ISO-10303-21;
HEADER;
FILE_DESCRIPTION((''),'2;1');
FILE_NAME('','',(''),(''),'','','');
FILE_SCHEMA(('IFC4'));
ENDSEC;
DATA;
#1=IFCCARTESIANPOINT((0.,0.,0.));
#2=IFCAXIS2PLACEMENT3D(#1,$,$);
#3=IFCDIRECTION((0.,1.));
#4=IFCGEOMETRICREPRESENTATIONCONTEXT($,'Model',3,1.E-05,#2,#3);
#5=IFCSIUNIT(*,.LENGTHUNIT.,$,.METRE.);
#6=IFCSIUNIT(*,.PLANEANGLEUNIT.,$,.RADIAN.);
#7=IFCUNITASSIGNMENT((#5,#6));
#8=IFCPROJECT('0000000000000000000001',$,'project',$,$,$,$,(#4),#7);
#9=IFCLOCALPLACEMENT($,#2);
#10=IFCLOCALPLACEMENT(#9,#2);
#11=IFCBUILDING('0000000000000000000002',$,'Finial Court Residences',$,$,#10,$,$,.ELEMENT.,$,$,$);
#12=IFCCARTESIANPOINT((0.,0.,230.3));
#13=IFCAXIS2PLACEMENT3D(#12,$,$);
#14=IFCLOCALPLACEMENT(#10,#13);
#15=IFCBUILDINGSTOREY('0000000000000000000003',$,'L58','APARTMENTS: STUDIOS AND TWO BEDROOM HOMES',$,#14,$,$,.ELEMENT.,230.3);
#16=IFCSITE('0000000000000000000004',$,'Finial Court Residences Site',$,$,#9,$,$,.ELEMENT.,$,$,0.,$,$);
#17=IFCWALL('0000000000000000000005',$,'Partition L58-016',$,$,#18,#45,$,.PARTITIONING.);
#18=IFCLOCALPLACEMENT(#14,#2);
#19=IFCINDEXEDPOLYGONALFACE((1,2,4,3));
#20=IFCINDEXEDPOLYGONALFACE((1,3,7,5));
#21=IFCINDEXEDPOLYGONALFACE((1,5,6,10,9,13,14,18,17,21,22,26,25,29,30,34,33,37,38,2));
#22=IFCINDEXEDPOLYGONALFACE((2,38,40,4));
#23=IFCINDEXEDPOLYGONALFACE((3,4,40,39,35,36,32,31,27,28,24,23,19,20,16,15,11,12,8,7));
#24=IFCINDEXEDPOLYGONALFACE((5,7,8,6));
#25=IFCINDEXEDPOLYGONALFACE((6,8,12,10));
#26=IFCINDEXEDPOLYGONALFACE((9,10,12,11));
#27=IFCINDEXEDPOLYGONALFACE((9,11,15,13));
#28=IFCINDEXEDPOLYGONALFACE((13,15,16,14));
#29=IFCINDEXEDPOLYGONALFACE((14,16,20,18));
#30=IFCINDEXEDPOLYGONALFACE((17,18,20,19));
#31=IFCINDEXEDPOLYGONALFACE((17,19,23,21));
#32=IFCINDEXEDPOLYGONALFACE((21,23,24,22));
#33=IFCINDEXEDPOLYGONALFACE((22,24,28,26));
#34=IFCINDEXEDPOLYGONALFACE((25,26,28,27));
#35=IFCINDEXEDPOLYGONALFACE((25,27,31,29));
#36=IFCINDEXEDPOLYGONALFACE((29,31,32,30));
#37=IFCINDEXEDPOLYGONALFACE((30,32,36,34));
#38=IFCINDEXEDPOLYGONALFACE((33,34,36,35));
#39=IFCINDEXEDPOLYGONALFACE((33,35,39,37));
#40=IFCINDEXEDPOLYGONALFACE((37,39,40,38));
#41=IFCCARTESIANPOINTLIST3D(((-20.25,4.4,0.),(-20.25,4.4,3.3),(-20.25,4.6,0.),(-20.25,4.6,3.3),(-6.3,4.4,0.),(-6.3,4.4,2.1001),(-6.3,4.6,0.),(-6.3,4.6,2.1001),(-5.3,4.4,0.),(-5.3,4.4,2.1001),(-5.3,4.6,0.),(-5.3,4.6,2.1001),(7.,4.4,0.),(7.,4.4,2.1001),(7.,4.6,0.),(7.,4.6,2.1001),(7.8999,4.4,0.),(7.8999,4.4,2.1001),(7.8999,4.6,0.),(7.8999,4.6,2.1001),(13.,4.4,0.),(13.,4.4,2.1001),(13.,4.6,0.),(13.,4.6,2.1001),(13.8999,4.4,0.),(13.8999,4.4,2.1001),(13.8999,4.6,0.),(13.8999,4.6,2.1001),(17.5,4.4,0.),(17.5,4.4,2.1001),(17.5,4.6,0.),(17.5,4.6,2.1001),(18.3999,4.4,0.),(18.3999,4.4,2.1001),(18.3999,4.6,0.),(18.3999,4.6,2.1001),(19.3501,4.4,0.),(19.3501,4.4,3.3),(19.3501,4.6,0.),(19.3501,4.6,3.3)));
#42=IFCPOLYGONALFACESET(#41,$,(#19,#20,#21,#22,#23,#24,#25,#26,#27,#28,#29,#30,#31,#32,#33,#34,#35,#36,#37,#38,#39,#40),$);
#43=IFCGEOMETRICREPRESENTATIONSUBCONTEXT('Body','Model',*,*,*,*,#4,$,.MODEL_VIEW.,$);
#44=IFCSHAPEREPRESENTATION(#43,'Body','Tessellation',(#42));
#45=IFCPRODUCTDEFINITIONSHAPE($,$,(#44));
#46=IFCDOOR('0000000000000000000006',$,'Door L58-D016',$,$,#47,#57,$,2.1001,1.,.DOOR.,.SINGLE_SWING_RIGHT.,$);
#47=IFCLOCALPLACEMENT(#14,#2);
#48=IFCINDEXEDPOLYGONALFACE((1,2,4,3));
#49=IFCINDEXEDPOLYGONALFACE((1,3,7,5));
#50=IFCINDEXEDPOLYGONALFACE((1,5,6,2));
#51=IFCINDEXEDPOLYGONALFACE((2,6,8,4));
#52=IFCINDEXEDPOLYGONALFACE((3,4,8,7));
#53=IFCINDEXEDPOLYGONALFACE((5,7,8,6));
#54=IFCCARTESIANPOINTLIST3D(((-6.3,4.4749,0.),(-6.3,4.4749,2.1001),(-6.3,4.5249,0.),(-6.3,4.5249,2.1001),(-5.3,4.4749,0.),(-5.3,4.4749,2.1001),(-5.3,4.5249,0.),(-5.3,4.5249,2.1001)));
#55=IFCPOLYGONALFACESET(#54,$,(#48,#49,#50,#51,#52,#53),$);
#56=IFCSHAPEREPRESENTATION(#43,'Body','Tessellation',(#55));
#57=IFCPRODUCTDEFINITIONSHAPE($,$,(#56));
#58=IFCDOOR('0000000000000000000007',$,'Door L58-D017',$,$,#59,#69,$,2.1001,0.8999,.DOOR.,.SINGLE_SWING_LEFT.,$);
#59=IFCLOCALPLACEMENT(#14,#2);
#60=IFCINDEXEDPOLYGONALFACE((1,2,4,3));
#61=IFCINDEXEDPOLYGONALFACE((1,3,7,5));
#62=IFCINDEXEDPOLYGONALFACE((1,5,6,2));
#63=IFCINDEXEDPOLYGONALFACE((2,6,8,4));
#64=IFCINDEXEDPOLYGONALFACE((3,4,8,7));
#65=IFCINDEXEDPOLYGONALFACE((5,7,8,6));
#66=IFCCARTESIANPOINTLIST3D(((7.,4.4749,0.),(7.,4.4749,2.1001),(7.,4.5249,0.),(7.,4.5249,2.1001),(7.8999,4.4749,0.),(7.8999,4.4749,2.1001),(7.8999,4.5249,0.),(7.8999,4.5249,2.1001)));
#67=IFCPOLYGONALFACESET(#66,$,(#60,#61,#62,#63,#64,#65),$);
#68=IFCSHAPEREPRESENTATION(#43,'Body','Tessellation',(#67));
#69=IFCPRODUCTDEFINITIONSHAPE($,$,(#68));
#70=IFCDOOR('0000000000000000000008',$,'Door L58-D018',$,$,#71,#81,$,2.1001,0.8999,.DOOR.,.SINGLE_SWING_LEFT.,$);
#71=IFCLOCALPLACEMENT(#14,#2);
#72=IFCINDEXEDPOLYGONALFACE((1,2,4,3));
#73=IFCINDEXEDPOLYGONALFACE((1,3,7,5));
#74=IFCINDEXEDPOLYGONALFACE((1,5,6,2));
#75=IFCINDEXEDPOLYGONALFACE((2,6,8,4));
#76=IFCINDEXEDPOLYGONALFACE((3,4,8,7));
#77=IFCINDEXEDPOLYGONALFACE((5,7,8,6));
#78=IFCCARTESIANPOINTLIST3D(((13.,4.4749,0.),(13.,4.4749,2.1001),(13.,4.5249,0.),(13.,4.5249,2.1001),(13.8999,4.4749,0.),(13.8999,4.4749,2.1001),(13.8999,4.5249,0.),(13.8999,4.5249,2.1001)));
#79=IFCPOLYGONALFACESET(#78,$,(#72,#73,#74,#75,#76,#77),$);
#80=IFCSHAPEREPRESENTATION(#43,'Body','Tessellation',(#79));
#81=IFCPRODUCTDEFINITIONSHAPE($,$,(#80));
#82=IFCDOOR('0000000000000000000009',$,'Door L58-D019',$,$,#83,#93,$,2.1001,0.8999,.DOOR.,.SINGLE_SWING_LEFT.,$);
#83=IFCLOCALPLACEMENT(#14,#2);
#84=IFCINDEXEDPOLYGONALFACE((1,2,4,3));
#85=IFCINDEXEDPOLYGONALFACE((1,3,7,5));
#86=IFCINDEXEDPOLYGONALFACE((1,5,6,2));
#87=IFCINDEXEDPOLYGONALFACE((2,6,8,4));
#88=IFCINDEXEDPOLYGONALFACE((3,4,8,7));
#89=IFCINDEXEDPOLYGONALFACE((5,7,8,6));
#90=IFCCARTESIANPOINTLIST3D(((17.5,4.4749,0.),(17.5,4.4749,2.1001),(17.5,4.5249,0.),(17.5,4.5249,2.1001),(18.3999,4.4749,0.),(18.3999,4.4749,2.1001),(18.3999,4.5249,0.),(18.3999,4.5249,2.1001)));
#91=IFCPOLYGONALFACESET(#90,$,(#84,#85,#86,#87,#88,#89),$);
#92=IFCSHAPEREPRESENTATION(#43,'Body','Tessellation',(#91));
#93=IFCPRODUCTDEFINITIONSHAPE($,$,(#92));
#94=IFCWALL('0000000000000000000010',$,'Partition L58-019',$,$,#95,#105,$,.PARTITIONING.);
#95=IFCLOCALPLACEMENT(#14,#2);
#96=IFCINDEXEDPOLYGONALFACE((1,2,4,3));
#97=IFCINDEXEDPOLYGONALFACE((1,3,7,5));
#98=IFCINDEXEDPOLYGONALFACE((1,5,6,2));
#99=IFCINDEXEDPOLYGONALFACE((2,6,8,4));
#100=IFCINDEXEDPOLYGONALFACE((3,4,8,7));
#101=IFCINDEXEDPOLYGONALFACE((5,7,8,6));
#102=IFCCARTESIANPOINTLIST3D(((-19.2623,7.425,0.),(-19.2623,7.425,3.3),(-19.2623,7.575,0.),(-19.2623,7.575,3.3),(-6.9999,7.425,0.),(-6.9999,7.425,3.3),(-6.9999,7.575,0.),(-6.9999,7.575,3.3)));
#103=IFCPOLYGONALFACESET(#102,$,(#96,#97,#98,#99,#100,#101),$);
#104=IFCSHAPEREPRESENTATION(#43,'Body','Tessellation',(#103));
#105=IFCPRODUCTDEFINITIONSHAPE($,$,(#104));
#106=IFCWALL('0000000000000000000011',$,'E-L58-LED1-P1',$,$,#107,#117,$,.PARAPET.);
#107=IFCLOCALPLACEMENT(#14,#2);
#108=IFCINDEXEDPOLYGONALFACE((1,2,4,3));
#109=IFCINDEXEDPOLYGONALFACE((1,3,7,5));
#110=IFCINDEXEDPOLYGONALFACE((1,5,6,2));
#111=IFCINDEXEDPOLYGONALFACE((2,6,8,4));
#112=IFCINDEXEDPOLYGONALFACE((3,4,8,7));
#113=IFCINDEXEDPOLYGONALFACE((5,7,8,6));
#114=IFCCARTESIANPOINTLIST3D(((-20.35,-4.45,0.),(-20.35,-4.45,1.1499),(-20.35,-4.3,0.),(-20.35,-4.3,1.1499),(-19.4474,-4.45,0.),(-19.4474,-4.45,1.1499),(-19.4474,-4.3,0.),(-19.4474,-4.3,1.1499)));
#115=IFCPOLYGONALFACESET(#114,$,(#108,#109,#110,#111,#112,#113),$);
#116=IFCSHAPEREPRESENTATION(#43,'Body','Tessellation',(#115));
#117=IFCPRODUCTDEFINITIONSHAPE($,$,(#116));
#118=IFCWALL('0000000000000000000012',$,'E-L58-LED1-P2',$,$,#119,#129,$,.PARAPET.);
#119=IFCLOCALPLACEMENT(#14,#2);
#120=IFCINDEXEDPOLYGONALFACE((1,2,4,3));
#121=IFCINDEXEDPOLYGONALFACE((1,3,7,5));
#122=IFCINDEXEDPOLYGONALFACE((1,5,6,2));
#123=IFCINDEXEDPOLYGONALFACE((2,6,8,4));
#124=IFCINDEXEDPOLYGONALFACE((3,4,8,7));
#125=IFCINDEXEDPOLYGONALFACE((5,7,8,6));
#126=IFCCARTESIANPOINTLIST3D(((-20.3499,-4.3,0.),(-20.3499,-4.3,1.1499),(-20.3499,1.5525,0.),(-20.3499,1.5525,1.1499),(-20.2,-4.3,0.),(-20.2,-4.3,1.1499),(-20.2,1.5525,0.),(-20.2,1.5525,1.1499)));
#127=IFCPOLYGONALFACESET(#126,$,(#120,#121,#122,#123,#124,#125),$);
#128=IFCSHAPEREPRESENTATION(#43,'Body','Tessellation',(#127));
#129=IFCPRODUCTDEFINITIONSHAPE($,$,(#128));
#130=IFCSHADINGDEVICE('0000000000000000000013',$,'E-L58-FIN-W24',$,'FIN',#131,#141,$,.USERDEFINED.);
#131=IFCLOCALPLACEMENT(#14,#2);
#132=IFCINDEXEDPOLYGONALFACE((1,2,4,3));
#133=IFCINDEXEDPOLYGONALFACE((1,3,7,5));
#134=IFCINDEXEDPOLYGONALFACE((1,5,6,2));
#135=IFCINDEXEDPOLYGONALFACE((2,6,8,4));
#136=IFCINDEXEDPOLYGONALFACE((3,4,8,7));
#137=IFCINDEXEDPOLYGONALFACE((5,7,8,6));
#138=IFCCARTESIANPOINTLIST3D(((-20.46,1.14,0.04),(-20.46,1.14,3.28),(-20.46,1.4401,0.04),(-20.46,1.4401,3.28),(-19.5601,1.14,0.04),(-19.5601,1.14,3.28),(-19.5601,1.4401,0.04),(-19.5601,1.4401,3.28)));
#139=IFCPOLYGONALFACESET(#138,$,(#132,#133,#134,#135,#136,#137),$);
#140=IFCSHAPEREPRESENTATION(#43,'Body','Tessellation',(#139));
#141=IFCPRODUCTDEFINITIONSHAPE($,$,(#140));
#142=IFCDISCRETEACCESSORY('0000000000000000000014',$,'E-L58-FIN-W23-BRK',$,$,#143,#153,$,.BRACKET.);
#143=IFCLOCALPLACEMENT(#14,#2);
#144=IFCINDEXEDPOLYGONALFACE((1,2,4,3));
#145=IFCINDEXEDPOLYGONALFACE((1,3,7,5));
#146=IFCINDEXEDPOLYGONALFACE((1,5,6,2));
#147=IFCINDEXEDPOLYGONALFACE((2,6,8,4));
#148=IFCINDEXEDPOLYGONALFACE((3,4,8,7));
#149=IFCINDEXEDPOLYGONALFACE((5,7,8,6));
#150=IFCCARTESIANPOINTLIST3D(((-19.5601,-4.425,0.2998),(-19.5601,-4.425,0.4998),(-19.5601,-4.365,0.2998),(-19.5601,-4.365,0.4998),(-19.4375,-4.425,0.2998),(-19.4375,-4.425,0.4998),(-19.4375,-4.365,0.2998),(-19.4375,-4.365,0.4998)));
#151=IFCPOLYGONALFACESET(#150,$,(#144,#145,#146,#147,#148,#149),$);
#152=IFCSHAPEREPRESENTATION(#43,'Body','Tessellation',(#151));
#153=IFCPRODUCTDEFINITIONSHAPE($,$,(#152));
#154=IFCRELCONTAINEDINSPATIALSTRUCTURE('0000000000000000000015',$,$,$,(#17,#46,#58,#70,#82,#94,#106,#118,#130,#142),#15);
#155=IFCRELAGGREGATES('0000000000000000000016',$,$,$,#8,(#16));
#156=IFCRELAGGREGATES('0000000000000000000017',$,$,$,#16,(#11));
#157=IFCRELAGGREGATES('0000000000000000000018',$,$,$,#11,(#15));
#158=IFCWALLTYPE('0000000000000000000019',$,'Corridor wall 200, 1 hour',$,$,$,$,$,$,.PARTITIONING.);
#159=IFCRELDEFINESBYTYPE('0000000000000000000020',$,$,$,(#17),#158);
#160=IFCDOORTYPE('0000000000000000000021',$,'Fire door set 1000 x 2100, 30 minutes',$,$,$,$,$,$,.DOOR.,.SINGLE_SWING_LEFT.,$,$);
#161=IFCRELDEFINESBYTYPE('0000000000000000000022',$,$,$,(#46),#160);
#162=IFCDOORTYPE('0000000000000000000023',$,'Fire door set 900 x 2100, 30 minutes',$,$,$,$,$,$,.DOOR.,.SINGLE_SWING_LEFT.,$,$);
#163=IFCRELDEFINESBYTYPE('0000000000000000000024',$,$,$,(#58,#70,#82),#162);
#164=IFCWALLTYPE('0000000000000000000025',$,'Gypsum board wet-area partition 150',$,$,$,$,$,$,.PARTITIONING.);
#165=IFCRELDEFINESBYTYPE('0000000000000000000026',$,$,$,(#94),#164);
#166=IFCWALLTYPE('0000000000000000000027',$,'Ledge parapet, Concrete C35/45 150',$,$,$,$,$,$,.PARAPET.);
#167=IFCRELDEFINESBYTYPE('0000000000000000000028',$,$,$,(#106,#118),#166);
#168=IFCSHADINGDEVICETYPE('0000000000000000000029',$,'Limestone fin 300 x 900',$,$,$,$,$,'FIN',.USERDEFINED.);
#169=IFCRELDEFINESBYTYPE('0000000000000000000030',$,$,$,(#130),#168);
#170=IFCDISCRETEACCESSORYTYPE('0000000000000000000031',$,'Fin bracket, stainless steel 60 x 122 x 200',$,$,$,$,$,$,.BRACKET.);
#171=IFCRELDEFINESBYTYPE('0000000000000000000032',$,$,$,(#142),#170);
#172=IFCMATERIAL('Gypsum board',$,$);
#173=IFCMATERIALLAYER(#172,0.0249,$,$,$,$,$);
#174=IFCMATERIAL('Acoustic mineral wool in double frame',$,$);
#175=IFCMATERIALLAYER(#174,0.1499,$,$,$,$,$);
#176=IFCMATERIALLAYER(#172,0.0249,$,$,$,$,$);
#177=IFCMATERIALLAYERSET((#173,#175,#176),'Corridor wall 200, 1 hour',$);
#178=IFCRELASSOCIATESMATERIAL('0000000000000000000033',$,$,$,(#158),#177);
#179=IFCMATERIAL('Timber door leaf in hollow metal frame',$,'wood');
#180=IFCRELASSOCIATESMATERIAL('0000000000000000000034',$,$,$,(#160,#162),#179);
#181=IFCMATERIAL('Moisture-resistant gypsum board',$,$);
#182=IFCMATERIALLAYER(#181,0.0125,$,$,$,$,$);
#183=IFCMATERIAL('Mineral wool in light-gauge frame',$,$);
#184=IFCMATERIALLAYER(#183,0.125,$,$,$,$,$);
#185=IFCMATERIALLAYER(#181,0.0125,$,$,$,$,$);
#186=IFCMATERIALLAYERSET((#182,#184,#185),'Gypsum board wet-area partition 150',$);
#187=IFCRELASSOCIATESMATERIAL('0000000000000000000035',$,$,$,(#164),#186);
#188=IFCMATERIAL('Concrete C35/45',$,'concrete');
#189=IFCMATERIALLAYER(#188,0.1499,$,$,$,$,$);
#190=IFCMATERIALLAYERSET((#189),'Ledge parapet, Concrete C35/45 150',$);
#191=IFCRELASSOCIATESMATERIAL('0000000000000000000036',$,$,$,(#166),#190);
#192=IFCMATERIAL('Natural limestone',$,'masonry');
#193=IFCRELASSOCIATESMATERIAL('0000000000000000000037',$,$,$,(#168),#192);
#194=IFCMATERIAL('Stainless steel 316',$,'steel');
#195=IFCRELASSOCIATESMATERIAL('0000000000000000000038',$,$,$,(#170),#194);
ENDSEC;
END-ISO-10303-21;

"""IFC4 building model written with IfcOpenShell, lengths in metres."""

from ifc_helpers import new_model, si_unit, direction, frame, frame_2d, origin, origin_2d, place, context, subcontext, project, spatial, rectangle, extrude, material, layer, layer_set, type_object, element, fill, save


model = new_model("IFC4")

# Units and contexts
model_context = context("Model", 3, precision=1e-05, world=origin(), true_north=direction((0.0, 1.0)))
body_context = subcontext(model_context, "Body", "Model", "MODEL_VIEW")
ifc_project = project(units=[si_unit("LENGTHUNIT", "METRE"), si_unit("PLANEANGLEUNIT", "RADIAN")], contexts=[model_context])

# Site, building, storey
site_placement = place(None, origin())
site = spatial("IfcSite", under=ifc_project, at=site_placement, Name="Finial Court Residences Site", CompositionType="ELEMENT", RefElevation=0.0)
building_placement = place(site_placement, origin())
building = spatial("IfcBuilding", under=site, at=building_placement, Name="Finial Court Residences", CompositionType="ELEMENT")
storey_placement = place(building_placement, frame((0.0, 0.0, 230.3)))
storey = spatial("IfcBuildingStorey", under=building, at=storey_placement, Name="L58", Description="APARTMENTS: STUDIOS AND TWO BEDROOM HOMES", CompositionType="ELEMENT", Elevation=230.3)

# Shared definitions
ifc_material_1 = material(Name="Gypsum board")
ifc_layer_1 = layer(ifc_material_1, 0.0249)
ifc_material_2 = material(Name="Acoustic mineral wool in double frame")
ifc_layer_2 = layer(ifc_material_2, 0.1499)
ifc_layer_3 = layer(ifc_material_1, 0.0249)
ifc_layer_set_1 = layer_set([ifc_layer_1, ifc_layer_2, ifc_layer_3], Name="Corridor wall 200, 1 hour")
wall_type_1 = type_object("IfcWallType", Name="Corridor wall 200, 1 hour", PredefinedType="PARTITIONING", material=ifc_layer_set_1)

# Wall, openings, doors
wall_1_placement = place(storey_placement, frame((-20.25, 4.5, 0.0), z_axis=(0.0, 0.0, 1.0), x_axis=(1.0, 0.0, 0.0)))
wall_1 = element("IfcWall", 1, at=wall_1_placement, inside=storey, type_object=wall_type_1, Name="Partition L58-016", PredefinedType="PARTITIONING", context=body_context, shape_type="SweptSolid", body=[
    extrude(rectangle(XDim=39.6001, YDim=0.2, at=frame_2d((19.8, 0.0))), origin(), (0.0, 0.0, 1.0), 3.3),
])
opening_1_placement = place(wall_1_placement, frame((13.95, 0.0, 0.0)))
opening_1 = element("IfcOpeningElement", 2, at=opening_1_placement, cuts=wall_1, PredefinedType="OPENING", context=body_context, shape_type="SweptSolid", body=[
    extrude(rectangle(XDim=1.0, YDim=2.1001, at=frame_2d((0.5, 1.05))), frame((0.0, 0.1099, 0.0), z_axis=(0.0, -1.0, 0.0), x_axis=(1.0, 0.0, 0.0)), (0.0, 0.0, 1.0), 0.22),
])
opening_2_placement = place(wall_1_placement, frame((27.25, 0.0, 0.0)))
opening_2 = element("IfcOpeningElement", 3, at=opening_2_placement, cuts=wall_1, PredefinedType="OPENING", context=body_context, shape_type="SweptSolid", body=[
    extrude(rectangle(XDim=0.8999, YDim=2.1001, at=frame_2d((0.45, 1.05))), frame((0.0, 0.1099, 0.0), z_axis=(0.0, -1.0, 0.0), x_axis=(1.0, 0.0, 0.0)), (0.0, 0.0, 1.0), 0.22),
])
opening_3_placement = place(wall_1_placement, frame((33.25, 0.0, 0.0)))
opening_3 = element("IfcOpeningElement", 4, at=opening_3_placement, cuts=wall_1, PredefinedType="OPENING", context=body_context, shape_type="SweptSolid", body=[
    extrude(rectangle(XDim=0.8999, YDim=2.1001, at=frame_2d((0.45, 1.05))), frame((0.0, 0.1099, 0.0), z_axis=(0.0, -1.0, 0.0), x_axis=(1.0, 0.0, 0.0)), (0.0, 0.0, 1.0), 0.22),
])
opening_4_placement = place(wall_1_placement, frame((37.75, 0.0, 0.0)))
opening_4 = element("IfcOpeningElement", 5, at=opening_4_placement, cuts=wall_1, PredefinedType="OPENING", context=body_context, shape_type="SweptSolid", body=[
    extrude(rectangle(XDim=0.8999, YDim=2.1001, at=frame_2d((0.45, 1.05))), frame((0.0, 0.1099, 0.0), z_axis=(0.0, -1.0, 0.0), x_axis=(1.0, 0.0, 0.0)), (0.0, 0.0, 1.0), 0.22),
])
ifc_material_3 = material(Name="Timber door leaf in hollow metal frame", Category="wood")
door_type_1 = type_object("IfcDoorType", Name="Fire door set 1000 x 2100, 30 minutes", OperationType="SINGLE_SWING_LEFT", PredefinedType="DOOR", material=ifc_material_3)
door_1_placement = place(opening_1_placement, origin())
door_1 = element("IfcDoor", 6, at=door_1_placement, inside=storey, type_object=door_type_1, Name="Door L58-D016", OperationType="SINGLE_SWING_RIGHT", OverallHeight=2.1001, OverallWidth=1.0, PredefinedType="DOOR", context=body_context, shape_type="SweptSolid", body=[
    extrude(rectangle(XDim=1.0, YDim=2.1001, at=frame_2d((0.5, 1.05))), frame((0.0, 0.0249, 0.0), z_axis=(0.0, -1.0, 0.0), x_axis=(1.0, 0.0, 0.0)), (0.0, 0.0, 1.0), 0.05),
])
fill(opening_1, door_1)
door_type_2 = type_object("IfcDoorType", Name="Fire door set 900 x 2100, 30 minutes", OperationType="SINGLE_SWING_LEFT", PredefinedType="DOOR", material=ifc_material_3)
door_2_placement = place(opening_2_placement, origin())
door_2 = element("IfcDoor", 7, at=door_2_placement, inside=storey, type_object=door_type_2, Name="Door L58-D017", OperationType="SINGLE_SWING_LEFT", OverallHeight=2.1001, OverallWidth=0.8999, PredefinedType="DOOR", context=body_context, shape_type="SweptSolid", body=[
    extrude(rectangle(XDim=0.8999, YDim=2.1001, at=frame_2d((0.45, 1.05))), frame((0.0, 0.0249, 0.0), z_axis=(0.0, -1.0, 0.0), x_axis=(1.0, 0.0, 0.0)), (0.0, 0.0, 1.0), 0.05),
])
fill(opening_2, door_2)
door_3_placement = place(opening_3_placement, origin())
door_3 = element("IfcDoor", 8, at=door_3_placement, inside=storey, type_object=door_type_2, Name="Door L58-D018", OperationType="SINGLE_SWING_LEFT", OverallHeight=2.1001, OverallWidth=0.8999, PredefinedType="DOOR", context=body_context, shape_type="SweptSolid", body=[
    extrude(rectangle(XDim=0.8999, YDim=2.1001, at=frame_2d((0.45, 1.05))), frame((0.0, 0.0249, 0.0), z_axis=(0.0, -1.0, 0.0), x_axis=(1.0, 0.0, 0.0)), (0.0, 0.0, 1.0), 0.05),
])
fill(opening_3, door_3)
door_4_placement = place(opening_4_placement, origin())
door_4 = element("IfcDoor", 9, at=door_4_placement, inside=storey, type_object=door_type_2, Name="Door L58-D019", OperationType="SINGLE_SWING_LEFT", OverallHeight=2.1001, OverallWidth=0.8999, PredefinedType="DOOR", context=body_context, shape_type="SweptSolid", body=[
    extrude(rectangle(XDim=0.8999, YDim=2.1001, at=frame_2d((0.45, 1.05))), frame((0.0, 0.0249, 0.0), z_axis=(0.0, -1.0, 0.0), x_axis=(1.0, 0.0, 0.0)), (0.0, 0.0, 1.0), 0.05),
])
fill(opening_4, door_4)

# Walls
ifc_material_4 = material(Name="Moisture-resistant gypsum board")
ifc_layer_4 = layer(ifc_material_4, 0.0125)
ifc_material_5 = material(Name="Mineral wool in light-gauge frame")
ifc_layer_5 = layer(ifc_material_5, 0.125)
ifc_layer_6 = layer(ifc_material_4, 0.0125)
ifc_layer_set_2 = layer_set([ifc_layer_4, ifc_layer_5, ifc_layer_6], Name="Gypsum board wet-area partition 150")
wall_type_2 = type_object("IfcWallType", Name="Gypsum board wet-area partition 150", PredefinedType="PARTITIONING", material=ifc_layer_set_2)
wall_2_placement = place(storey_placement, frame((-19.2625, 7.5, 0.0), z_axis=(0.0, 0.0, 1.0), x_axis=(1.0, 0.0, 0.0)))
element("IfcWall", 10, at=wall_2_placement, inside=storey, type_object=wall_type_2, Name="Partition L58-019", PredefinedType="PARTITIONING", context=body_context, shape_type="SweptSolid", body=[
    extrude(rectangle(XDim=12.2625, YDim=0.1499, at=frame_2d((6.1313, 0.0))), origin(), (0.0, 0.0, 1.0), 3.3),
])
ifc_material_6 = material(Name="Concrete C35/45", Category="concrete")
ifc_layer_7 = layer(ifc_material_6, 0.1499)
ifc_layer_set_3 = layer_set([ifc_layer_7], Name="Ledge parapet, Concrete C35/45 150")
wall_type_3 = type_object("IfcWallType", Name="Ledge parapet, Concrete C35/45 150", PredefinedType="PARAPET", material=ifc_layer_set_3)
wall_3_placement = place(storey_placement, frame((-19.4475, -4.375, 0.0), z_axis=(0.0, 0.0, 1.0), x_axis=(-1.0, 0.0, 0.0)))
element("IfcWall", 11, at=wall_3_placement, inside=storey, type_object=wall_type_3, Name="E-L58-LED1-P1", PredefinedType="PARAPET", context=body_context, shape_type="SweptSolid", body=[
    extrude(rectangle(XDim=0.9026, YDim=0.1499, at=frame_2d((0.4512, 0.0))), origin(), (0.0, 0.0, 1.0), 1.1499),
])
wall_4_placement = place(storey_placement, frame((-20.2749, -4.3, 0.0), z_axis=(0.0, 0.0, 1.0), x_axis=(0.0, 1.0, 0.0)))
element("IfcWall", 12, at=wall_4_placement, inside=storey, type_object=wall_type_3, Name="E-L58-LED1-P2", PredefinedType="PARAPET", context=body_context, shape_type="SweptSolid", body=[
    extrude(rectangle(XDim=5.8525, YDim=0.1499, at=frame_2d((2.9263, 0.0))), origin(), (0.0, 0.0, 1.0), 1.1499),
])

# Shading device
ifc_material_7 = material(Name="Natural limestone", Category="masonry")
shading_device_type = type_object("IfcShadingDeviceType", Name="Limestone fin 300 x 900", ElementType="FIN", PredefinedType="USERDEFINED", material=ifc_material_7)
shading_device_placement = place(storey_placement, frame((-20.01, 1.29, 0.04), z_axis=(0.0, 0.0, 1.0), x_axis=(1.0, 0.0, 0.0)))
element("IfcShadingDevice", 13, at=shading_device_placement, inside=storey, type_object=shading_device_type, Name="E-L58-FIN-W24", ObjectType="FIN", PredefinedType="USERDEFINED", context=body_context, shape_type="SweptSolid", body=[
    extrude(rectangle(XDim=0.8999, YDim=0.3, at=origin_2d()), origin(), (0.0, 0.0, 1.0), 3.24),
])

# Discrete accessory
ifc_material_8 = material(Name="Stainless steel 316", Category="steel")
discrete_accessory_type = type_object("IfcDiscreteAccessoryType", Name="Fin bracket, stainless steel 60 x 122 x 200", PredefinedType="BRACKET", material=ifc_material_8)
discrete_accessory_placement = place(storey_placement, frame((-19.4988, -4.395, 0.2998), z_axis=(0.0, 0.0, 1.0), x_axis=(1.0, 0.0, 0.0)))
element("IfcDiscreteAccessory", 14, at=discrete_accessory_placement, inside=storey, type_object=discrete_accessory_type, Name="E-L58-FIN-W23-BRK", PredefinedType="BRACKET", context=body_context, shape_type="SweptSolid", body=[
    extrude(rectangle(XDim=0.1226, YDim=0.0601, at=origin_2d()), origin(), (0.0, 0.0, 1.0), 0.2),
])

save(model, "model.ifc")
